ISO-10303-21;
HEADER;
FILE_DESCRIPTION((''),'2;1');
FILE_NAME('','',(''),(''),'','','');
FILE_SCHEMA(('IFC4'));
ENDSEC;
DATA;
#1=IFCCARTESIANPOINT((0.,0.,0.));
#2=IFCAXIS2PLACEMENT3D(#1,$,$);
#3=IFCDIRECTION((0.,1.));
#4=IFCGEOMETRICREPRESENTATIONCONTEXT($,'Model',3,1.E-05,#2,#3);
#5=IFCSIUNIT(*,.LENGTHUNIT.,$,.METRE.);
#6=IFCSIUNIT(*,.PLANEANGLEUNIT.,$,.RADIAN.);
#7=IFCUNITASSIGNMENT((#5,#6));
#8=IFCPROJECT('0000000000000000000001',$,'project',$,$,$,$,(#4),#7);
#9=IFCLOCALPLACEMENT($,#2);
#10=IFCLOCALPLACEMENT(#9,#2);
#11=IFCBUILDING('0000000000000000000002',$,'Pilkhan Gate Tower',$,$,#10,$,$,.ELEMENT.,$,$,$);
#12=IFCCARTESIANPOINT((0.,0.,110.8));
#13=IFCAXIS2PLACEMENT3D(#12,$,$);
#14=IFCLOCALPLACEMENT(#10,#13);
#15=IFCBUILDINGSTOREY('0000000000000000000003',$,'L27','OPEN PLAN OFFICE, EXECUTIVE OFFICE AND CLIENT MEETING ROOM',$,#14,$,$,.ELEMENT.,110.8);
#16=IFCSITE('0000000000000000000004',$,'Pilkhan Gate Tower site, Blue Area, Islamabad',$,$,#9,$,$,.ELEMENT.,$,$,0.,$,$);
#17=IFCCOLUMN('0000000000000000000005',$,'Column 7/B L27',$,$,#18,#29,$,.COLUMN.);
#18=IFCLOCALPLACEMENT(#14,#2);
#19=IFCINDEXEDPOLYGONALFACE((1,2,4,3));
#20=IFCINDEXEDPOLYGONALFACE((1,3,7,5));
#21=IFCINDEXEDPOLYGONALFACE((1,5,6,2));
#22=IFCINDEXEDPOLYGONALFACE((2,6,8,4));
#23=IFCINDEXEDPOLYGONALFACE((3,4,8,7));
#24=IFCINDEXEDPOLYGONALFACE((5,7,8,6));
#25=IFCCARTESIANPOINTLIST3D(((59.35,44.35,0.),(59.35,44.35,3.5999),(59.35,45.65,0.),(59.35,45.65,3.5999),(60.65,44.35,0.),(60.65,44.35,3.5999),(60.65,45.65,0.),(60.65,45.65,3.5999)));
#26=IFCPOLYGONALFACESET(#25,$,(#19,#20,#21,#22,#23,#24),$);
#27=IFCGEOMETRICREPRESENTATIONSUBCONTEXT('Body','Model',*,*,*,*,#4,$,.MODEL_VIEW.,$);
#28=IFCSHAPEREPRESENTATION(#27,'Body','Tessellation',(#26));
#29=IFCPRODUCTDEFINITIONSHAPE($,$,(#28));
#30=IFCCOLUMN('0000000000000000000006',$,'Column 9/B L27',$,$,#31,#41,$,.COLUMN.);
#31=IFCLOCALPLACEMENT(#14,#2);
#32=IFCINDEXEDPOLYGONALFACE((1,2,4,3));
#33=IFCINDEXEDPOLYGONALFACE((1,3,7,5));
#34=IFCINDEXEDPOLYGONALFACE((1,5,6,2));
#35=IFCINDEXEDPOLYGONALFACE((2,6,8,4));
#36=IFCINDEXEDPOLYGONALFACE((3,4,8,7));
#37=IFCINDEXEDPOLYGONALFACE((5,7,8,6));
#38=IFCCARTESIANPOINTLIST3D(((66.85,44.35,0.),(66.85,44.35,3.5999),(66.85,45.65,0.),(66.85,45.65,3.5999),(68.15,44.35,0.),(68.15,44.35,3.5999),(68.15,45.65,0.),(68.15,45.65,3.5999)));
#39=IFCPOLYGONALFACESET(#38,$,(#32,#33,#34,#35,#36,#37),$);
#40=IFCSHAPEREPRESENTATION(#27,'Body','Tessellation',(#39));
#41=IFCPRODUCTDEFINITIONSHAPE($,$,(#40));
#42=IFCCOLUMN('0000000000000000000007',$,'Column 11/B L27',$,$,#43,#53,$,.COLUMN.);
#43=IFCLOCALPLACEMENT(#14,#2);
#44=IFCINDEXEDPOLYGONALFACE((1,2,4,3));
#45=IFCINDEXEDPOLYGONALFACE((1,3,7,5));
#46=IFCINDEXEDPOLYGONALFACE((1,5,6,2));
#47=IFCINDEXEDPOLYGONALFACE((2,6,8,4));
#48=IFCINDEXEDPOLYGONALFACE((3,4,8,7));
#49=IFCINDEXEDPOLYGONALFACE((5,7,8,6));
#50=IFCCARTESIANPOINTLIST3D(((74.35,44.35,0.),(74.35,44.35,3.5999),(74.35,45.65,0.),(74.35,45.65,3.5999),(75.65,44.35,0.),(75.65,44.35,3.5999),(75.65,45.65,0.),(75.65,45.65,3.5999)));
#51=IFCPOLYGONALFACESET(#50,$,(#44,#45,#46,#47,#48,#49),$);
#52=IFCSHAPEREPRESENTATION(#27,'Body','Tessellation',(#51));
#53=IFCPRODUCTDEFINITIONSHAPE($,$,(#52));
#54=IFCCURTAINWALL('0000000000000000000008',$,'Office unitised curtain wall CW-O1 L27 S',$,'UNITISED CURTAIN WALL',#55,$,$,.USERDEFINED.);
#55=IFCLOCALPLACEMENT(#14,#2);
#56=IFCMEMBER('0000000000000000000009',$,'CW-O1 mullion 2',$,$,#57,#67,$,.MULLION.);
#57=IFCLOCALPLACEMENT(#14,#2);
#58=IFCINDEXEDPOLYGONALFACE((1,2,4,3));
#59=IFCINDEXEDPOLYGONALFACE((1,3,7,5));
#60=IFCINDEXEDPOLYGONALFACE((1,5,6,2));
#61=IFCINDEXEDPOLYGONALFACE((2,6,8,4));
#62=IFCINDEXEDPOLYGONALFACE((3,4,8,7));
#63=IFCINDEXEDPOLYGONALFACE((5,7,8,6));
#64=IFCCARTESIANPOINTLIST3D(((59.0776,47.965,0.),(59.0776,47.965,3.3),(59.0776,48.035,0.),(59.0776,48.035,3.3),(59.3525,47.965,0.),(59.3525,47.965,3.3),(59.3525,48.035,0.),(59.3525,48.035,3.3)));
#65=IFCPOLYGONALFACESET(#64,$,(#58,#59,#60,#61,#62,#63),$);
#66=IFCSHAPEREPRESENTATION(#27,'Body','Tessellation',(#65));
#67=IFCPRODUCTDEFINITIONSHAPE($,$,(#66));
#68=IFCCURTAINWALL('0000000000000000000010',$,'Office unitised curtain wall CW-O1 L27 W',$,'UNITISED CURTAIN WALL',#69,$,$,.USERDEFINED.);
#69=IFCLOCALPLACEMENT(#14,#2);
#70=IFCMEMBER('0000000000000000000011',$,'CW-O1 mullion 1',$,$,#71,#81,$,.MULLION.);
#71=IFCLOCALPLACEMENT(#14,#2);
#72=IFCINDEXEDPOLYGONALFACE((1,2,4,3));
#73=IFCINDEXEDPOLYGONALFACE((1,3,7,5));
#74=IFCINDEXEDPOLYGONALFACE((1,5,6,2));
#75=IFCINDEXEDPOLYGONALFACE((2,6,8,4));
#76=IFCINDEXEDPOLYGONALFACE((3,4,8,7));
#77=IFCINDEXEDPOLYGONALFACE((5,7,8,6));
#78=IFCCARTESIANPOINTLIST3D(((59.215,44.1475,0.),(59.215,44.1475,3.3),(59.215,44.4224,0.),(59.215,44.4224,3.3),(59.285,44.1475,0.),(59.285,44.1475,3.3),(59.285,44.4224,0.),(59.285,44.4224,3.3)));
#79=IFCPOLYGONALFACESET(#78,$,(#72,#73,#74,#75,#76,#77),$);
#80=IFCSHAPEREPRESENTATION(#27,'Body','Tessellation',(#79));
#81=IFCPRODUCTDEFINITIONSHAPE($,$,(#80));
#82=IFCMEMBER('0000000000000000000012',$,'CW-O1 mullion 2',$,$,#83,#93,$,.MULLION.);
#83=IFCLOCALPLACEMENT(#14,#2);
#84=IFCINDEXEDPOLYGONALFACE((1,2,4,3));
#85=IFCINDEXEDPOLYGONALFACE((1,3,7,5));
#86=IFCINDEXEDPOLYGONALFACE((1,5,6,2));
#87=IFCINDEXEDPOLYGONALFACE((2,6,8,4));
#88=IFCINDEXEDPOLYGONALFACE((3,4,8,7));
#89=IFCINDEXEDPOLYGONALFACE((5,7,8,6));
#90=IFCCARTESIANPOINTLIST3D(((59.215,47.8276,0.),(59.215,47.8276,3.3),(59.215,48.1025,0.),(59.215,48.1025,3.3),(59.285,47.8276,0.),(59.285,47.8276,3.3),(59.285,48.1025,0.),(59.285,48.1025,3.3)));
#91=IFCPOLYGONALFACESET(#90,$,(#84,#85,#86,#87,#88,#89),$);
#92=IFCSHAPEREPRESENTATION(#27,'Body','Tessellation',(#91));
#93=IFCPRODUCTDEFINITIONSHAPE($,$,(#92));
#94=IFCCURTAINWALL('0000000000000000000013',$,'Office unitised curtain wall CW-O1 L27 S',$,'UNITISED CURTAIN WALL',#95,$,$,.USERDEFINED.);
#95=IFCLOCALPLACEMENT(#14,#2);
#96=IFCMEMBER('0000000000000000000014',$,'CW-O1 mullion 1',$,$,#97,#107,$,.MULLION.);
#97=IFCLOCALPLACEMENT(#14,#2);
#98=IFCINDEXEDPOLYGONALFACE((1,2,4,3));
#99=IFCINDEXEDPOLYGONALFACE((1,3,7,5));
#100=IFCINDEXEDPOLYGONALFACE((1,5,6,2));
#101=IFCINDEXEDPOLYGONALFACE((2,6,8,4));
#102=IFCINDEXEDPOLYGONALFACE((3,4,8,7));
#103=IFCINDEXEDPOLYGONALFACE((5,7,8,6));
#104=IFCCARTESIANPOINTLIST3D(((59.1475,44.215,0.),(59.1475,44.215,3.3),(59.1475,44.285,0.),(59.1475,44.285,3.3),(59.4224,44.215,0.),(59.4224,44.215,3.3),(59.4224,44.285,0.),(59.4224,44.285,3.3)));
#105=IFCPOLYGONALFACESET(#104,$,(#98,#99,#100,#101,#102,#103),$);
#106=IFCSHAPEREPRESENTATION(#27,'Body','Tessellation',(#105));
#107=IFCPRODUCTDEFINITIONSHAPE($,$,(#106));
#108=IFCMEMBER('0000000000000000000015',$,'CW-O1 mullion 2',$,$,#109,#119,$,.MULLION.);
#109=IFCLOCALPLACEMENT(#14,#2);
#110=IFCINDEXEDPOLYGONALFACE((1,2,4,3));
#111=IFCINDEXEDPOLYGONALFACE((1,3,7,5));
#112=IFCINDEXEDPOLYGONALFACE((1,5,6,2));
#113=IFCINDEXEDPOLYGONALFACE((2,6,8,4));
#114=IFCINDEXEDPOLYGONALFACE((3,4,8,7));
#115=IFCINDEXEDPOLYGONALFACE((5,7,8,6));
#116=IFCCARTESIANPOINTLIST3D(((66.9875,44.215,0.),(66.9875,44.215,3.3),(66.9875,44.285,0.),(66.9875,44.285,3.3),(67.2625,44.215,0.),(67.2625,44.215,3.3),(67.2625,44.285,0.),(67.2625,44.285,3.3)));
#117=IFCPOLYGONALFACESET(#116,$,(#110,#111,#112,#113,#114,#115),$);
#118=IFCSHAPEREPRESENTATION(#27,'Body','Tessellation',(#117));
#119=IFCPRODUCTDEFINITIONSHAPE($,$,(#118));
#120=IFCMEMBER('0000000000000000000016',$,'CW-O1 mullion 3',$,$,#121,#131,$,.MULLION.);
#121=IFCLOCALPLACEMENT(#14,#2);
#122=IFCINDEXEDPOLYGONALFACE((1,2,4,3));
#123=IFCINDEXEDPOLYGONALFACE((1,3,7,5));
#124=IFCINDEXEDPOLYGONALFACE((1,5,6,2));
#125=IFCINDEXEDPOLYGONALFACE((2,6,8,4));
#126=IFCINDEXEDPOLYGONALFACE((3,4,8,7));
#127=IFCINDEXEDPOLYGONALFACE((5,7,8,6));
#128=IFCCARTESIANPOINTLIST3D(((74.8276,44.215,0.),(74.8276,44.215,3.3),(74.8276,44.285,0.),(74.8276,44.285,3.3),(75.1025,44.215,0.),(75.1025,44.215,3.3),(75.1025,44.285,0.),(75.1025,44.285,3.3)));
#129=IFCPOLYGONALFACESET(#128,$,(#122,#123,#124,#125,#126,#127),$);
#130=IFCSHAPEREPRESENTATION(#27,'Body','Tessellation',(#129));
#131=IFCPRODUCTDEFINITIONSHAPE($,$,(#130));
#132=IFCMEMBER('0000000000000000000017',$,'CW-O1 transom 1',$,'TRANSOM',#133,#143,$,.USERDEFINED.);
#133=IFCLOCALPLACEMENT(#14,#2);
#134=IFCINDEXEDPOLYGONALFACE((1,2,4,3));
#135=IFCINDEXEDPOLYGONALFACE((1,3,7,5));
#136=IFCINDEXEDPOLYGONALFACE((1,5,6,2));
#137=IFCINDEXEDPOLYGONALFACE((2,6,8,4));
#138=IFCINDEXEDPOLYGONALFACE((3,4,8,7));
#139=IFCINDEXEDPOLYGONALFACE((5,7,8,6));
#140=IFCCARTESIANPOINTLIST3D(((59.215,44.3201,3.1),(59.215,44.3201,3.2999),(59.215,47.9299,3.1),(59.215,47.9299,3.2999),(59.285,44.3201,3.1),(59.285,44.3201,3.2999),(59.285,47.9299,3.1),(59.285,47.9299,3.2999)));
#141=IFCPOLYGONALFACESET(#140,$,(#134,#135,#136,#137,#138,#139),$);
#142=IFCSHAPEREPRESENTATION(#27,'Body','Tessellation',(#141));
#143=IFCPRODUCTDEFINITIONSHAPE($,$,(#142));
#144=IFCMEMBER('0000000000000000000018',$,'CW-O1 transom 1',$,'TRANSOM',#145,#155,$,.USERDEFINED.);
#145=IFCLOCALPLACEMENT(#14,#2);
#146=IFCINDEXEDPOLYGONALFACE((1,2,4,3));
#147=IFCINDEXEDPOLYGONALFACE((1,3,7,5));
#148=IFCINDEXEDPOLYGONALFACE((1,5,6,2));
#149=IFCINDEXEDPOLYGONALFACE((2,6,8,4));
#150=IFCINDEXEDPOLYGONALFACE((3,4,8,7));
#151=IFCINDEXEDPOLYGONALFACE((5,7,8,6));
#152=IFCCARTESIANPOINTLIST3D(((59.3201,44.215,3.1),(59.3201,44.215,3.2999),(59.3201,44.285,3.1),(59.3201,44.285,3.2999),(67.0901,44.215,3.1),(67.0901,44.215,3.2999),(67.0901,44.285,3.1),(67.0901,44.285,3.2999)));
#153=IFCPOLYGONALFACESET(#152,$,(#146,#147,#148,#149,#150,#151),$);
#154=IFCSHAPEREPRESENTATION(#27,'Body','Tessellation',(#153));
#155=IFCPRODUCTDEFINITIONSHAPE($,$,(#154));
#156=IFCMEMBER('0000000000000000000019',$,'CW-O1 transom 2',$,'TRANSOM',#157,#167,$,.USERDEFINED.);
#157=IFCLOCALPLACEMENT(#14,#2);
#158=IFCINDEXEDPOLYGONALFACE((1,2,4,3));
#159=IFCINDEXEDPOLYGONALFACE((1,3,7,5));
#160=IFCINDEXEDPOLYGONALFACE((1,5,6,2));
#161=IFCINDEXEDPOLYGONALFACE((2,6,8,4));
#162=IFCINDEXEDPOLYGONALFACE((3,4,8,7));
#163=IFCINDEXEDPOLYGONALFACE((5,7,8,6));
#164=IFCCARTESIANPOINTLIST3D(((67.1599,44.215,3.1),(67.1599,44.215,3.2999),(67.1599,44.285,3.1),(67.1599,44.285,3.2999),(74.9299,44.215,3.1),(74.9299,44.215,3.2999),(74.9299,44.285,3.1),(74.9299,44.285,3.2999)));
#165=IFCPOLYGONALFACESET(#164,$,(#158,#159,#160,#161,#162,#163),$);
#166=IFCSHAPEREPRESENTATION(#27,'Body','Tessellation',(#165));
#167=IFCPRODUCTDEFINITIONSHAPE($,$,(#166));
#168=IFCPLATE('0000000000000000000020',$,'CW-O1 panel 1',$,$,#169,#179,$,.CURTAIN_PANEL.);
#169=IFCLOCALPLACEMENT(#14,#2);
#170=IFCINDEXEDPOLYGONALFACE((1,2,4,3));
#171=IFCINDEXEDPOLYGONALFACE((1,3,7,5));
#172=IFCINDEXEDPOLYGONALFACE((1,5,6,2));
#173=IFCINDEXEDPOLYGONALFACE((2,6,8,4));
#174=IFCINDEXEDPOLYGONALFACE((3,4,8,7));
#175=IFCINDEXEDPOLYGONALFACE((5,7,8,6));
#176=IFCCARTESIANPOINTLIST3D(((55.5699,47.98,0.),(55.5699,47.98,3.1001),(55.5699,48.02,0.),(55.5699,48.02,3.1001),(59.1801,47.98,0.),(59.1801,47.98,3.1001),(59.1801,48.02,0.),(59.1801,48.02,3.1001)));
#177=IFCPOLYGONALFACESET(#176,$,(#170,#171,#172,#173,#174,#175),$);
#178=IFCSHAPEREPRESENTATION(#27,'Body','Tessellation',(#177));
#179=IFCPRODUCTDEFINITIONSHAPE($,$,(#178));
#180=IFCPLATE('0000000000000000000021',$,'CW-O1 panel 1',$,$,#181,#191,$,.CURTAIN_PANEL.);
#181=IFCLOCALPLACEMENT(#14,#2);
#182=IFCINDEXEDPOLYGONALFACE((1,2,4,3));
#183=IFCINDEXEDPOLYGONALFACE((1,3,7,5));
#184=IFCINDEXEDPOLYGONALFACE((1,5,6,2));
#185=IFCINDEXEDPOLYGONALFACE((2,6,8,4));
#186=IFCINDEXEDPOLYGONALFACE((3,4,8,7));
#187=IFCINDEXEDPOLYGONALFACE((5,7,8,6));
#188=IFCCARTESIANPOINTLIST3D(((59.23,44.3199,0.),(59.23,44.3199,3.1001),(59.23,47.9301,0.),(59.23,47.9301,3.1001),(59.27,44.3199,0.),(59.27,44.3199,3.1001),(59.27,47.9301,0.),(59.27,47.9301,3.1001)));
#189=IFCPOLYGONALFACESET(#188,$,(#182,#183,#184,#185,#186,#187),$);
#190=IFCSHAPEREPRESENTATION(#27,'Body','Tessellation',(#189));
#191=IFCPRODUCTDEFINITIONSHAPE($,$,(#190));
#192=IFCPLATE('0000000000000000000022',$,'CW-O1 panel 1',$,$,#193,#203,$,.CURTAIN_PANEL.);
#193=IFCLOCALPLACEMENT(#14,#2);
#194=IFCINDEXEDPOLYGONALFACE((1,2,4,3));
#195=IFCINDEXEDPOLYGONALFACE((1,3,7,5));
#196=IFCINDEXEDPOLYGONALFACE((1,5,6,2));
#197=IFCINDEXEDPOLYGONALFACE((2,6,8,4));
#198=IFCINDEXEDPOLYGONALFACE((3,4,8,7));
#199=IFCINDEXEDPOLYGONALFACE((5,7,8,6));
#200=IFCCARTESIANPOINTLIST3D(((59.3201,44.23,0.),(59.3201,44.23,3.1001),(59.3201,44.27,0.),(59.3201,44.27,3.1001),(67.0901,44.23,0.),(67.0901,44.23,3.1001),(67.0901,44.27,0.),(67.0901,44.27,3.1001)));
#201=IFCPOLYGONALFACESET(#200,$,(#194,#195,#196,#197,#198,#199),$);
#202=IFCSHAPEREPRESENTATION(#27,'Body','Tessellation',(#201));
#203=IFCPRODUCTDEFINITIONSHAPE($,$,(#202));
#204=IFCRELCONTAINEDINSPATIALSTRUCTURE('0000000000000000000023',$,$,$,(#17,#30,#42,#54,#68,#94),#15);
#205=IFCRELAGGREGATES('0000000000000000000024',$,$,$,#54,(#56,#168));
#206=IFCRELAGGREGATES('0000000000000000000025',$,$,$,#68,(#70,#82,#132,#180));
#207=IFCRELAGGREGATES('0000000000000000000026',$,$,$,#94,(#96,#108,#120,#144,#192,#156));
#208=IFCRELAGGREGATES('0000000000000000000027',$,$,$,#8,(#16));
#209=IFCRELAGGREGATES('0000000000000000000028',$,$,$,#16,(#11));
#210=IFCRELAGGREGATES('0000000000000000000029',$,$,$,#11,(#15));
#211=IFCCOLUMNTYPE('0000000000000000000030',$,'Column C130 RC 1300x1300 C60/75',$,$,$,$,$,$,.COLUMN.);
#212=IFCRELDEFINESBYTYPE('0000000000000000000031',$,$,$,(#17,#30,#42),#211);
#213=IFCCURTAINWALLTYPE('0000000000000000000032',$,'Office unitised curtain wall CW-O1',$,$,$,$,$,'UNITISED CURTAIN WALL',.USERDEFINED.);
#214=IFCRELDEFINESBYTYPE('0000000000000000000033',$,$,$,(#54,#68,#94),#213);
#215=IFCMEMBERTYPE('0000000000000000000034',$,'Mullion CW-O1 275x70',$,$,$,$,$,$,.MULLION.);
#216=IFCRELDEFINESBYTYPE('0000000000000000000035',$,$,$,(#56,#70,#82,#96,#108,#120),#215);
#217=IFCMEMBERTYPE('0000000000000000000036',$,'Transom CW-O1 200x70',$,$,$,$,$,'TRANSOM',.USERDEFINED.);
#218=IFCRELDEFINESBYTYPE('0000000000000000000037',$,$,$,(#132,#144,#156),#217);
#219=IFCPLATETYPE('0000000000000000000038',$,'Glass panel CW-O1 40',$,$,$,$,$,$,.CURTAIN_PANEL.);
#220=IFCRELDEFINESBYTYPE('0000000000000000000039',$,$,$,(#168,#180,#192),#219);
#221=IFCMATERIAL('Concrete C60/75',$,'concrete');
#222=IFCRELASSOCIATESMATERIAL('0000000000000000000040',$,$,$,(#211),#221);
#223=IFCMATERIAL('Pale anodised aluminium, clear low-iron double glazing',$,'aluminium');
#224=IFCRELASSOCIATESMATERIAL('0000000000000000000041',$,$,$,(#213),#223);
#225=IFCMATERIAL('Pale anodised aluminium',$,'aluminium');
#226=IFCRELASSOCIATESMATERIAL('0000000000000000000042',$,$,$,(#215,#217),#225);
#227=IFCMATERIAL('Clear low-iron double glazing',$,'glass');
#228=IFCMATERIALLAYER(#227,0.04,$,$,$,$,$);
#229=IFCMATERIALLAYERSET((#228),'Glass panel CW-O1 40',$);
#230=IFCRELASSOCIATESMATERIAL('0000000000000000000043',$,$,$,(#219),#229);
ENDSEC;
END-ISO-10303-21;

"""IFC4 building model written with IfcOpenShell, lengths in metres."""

from ifc_helpers import new_model, si_unit, direction, frame, origin, origin_2d, place, context, subcontext, project, spatial, rectangle, extrude, material, layer, layer_set, material_profile, profile_set, type_object, element, aggregate, save


model = new_model("IFC4")

# Units and contexts
model_context = context("Model", 3, precision=1e-05, world=origin(), true_north=direction((0.0, 1.0)))
body_context = subcontext(model_context, "Body", "Model", "MODEL_VIEW")
ifc_project = project(units=[si_unit("LENGTHUNIT", "METRE"), si_unit("PLANEANGLEUNIT", "RADIAN")], contexts=[model_context])

# Site, building, storey
site_placement = place(None, origin())
site = spatial("IfcSite", under=ifc_project, at=site_placement, Name="Pilkhan Gate Tower site, Blue Area, Islamabad", CompositionType="ELEMENT", RefElevation=0.0)
building_placement = place(site_placement, origin())
building = spatial("IfcBuilding", under=site, at=building_placement, Name="Pilkhan Gate Tower", CompositionType="ELEMENT")
storey_placement = place(building_placement, frame((0.0, 0.0, 110.8)))
storey = spatial("IfcBuildingStorey", under=building, at=storey_placement, Name="L27", Description="OPEN PLAN OFFICE, EXECUTIVE OFFICE AND CLIENT MEETING ROOM", CompositionType="ELEMENT", Elevation=110.8)

# Columns
ifc_material_1 = material(Name="Concrete C60/75", Category="concrete")
ifc_material_profile_1 = material_profile(ifc_material_1, rectangle(XDim=1.3, YDim=1.3, at=origin_2d()), Name="RC 1300x1300")
ifc_profile_set_1 = profile_set([ifc_material_profile_1], Name="Concrete C60/75")
column_type = type_object("IfcColumnType", Name="Column C130 RC 1300x1300 C60/75", PredefinedType="COLUMN", material=ifc_profile_set_1)
for number, where, z_axis, x_axis, name in (
    (1, (60.0, 45.0, 0.0), (0.0, 0.0, 1.0), (1.0, 0.0, 0.0), "Column 7/B L27"),
    (2, (67.5, 45.0, 0.0), (0.0, 0.0, 1.0), (1.0, 0.0, 0.0), "Column 9/B L27"),
    (3, (75.0, 45.0, 0.0), (0.0, 0.0, 1.0), (1.0, 0.0, 0.0), "Column 11/B L27"),
):
    element("IfcColumn", number, at=place(storey_placement, frame(where, z_axis=z_axis, x_axis=x_axis)), inside=storey, type_object=column_type, Name=name, PredefinedType="COLUMN", context=body_context, shape_type="SweptSolid", body=[
        extrude(rectangle(XDim=1.3, YDim=1.3, at=origin_2d()), origin(), (0.0, 0.0, 1.0), 3.5999),
    ])

# Curtain wall, member
ifc_material_2 = material(Name="Pale anodised aluminium, clear low-iron double glazing", Category="aluminium")
curtain_wall_type = type_object("IfcCurtainWallType", Name="Office unitised curtain wall CW-O1", ElementType="UNITISED CURTAIN WALL", PredefinedType="USERDEFINED", material=ifc_material_2)
curtain_wall_1_placement = place(storey_placement, origin())
curtain_wall_1 = element("IfcCurtainWall", 4, at=curtain_wall_1_placement, inside=storey, type_object=curtain_wall_type, Name="Office unitised curtain wall CW-O1 L27 S", ObjectType="UNITISED CURTAIN WALL", PredefinedType="USERDEFINED")
ifc_material_3 = material(Name="Pale anodised aluminium", Category="aluminium")
ifc_material_profile_2 = material_profile(ifc_material_3, rectangle(XDim=0.0701, YDim=0.2749, at=origin_2d()), Name="Mullion 275x70")
ifc_profile_set_2 = profile_set([ifc_material_profile_2], Name="Pale anodised aluminium")
member_type_1 = type_object("IfcMemberType", Name="Mullion CW-O1 275x70", PredefinedType="MULLION", material=ifc_profile_set_2)
member_1_placement = place(storey_placement, frame((59.2151, 48.0, 0.0), z_axis=(0.0, 0.0, 1.0), x_axis=(0.0, 1.0, 0.0)))
member_1 = element("IfcMember", 5, at=member_1_placement, type_object=member_type_1, Name="CW-O1 mullion 2", PredefinedType="MULLION", context=body_context, shape_type="SweptSolid", body=[
    extrude(rectangle(XDim=0.0701, YDim=0.2749, at=origin_2d()), origin(), (0.0, 0.0, 1.0), 3.3),
])

# Curtain walls, members
curtain_wall_2_placement = place(storey_placement, origin())
curtain_wall_2 = element("IfcCurtainWall", 6, at=curtain_wall_2_placement, inside=storey, type_object=curtain_wall_type, Name="Office unitised curtain wall CW-O1 L27 W", ObjectType="UNITISED CURTAIN WALL", PredefinedType="USERDEFINED")
member_2_placement = place(storey_placement, frame((59.25, 44.2849, 0.0), z_axis=(0.0, 0.0, 1.0), x_axis=(-1.0, 0.0, 0.0)))
member_2 = element("IfcMember", 7, at=member_2_placement, type_object=member_type_1, Name="CW-O1 mullion 1", PredefinedType="MULLION", context=body_context, shape_type="SweptSolid", body=[
    extrude(rectangle(XDim=0.0701, YDim=0.2749, at=origin_2d()), origin(), (0.0, 0.0, 1.0), 3.3),
])
member_3_placement = place(storey_placement, frame((59.25, 47.9651, 0.0), z_axis=(0.0, 0.0, 1.0), x_axis=(-1.0, 0.0, 0.0)))
member_3 = element("IfcMember", 8, at=member_3_placement, type_object=member_type_1, Name="CW-O1 mullion 2", PredefinedType="MULLION", context=body_context, shape_type="SweptSolid", body=[
    extrude(rectangle(XDim=0.0701, YDim=0.2749, at=origin_2d()), origin(), (0.0, 0.0, 1.0), 3.3),
])
curtain_wall_3_placement = place(storey_placement, origin())
curtain_wall_3 = element("IfcCurtainWall", 9, at=curtain_wall_3_placement, inside=storey, type_object=curtain_wall_type, Name="Office unitised curtain wall CW-O1 L27 S", ObjectType="UNITISED CURTAIN WALL", PredefinedType="USERDEFINED")
member_4_placement = place(storey_placement, frame((59.2849, 44.25, 0.0), z_axis=(0.0, 0.0, 1.0), x_axis=(0.0, 1.0, 0.0)))
member_4 = element("IfcMember", 10, at=member_4_placement, type_object=member_type_1, Name="CW-O1 mullion 1", PredefinedType="MULLION", context=body_context, shape_type="SweptSolid", body=[
    extrude(rectangle(XDim=0.0701, YDim=0.2749, at=origin_2d()), origin(), (0.0, 0.0, 1.0), 3.3),
])
member_5_placement = place(storey_placement, frame((67.125, 44.25, 0.0), z_axis=(0.0, 0.0, 1.0), x_axis=(0.0, 1.0, 0.0)))
member_5 = element("IfcMember", 11, at=member_5_placement, type_object=member_type_1, Name="CW-O1 mullion 2", PredefinedType="MULLION", context=body_context, shape_type="SweptSolid", body=[
    extrude(rectangle(XDim=0.0701, YDim=0.2749, at=origin_2d()), origin(), (0.0, 0.0, 1.0), 3.3),
])
member_6_placement = place(storey_placement, frame((74.9651, 44.25, 0.0), z_axis=(0.0, 0.0, 1.0), x_axis=(0.0, 1.0, 0.0)))
member_6 = element("IfcMember", 12, at=member_6_placement, type_object=member_type_1, Name="CW-O1 mullion 3", PredefinedType="MULLION", context=body_context, shape_type="SweptSolid", body=[
    extrude(rectangle(XDim=0.0701, YDim=0.2749, at=origin_2d()), origin(), (0.0, 0.0, 1.0), 3.3),
])

# Members
ifc_material_profile_3 = material_profile(ifc_material_3, rectangle(XDim=0.0701, YDim=0.2, at=origin_2d()), Name="Transom 200x70")
ifc_profile_set_3 = profile_set([ifc_material_profile_3], Name="Pale anodised aluminium")
member_type_2 = type_object("IfcMemberType", Name="Transom CW-O1 200x70", ElementType="TRANSOM", PredefinedType="USERDEFINED", material=ifc_profile_set_3)
member_7_placement = place(storey_placement, frame((59.25, 44.3201, 3.2), z_axis=(0.0, 1.0, 0.0), x_axis=(-1.0, 0.0, 0.0)))
member_7 = element("IfcMember", 13, at=member_7_placement, type_object=member_type_2, Name="CW-O1 transom 1", ObjectType="TRANSOM", PredefinedType="USERDEFINED", context=body_context, shape_type="SweptSolid", body=[
    extrude(rectangle(XDim=0.0701, YDim=0.2, at=origin_2d()), origin(), (0.0, 0.0, 1.0), 3.6099),
])
member_8_placement = place(storey_placement, frame((59.3201, 44.25, 3.2), z_axis=(1.0, 0.0, 0.0), x_axis=(0.0, 1.0, 0.0)))
member_8 = element("IfcMember", 14, at=member_8_placement, type_object=member_type_2, Name="CW-O1 transom 1", ObjectType="TRANSOM", PredefinedType="USERDEFINED", context=body_context, shape_type="SweptSolid", body=[
    extrude(rectangle(XDim=0.0701, YDim=0.2, at=origin_2d()), origin(), (0.0, 0.0, 1.0), 7.77),
])
member_9_placement = place(storey_placement, frame((67.1599, 44.25, 3.2), z_axis=(1.0, 0.0, 0.0), x_axis=(0.0, 1.0, 0.0)))
member_9 = element("IfcMember", 15, at=member_9_placement, type_object=member_type_2, Name="CW-O1 transom 2", ObjectType="TRANSOM", PredefinedType="USERDEFINED", context=body_context, shape_type="SweptSolid", body=[
    extrude(rectangle(XDim=0.0701, YDim=0.2, at=origin_2d()), origin(), (0.0, 0.0, 1.0), 7.77),
])

# Plates
ifc_material_4 = material(Name="Clear low-iron double glazing", Category="glass")
ifc_layer_1 = layer(ifc_material_4, 0.04)
ifc_layer_set_1 = layer_set([ifc_layer_1], Name="Glass panel CW-O1 40")
plate_type = type_object("IfcPlateType", Name="Glass panel CW-O1 40", PredefinedType="CURTAIN_PANEL", material=ifc_layer_set_1)
plate_1_placement = place(storey_placement, frame((57.375, 48.0, 0.0), z_axis=(0.0, 0.0, 1.0), x_axis=(1.0, 0.0, 0.0)))
plate_1 = element("IfcPlate", 16, at=plate_1_placement, type_object=plate_type, Name="CW-O1 panel 1", PredefinedType="CURTAIN_PANEL", context=body_context, shape_type="SweptSolid", body=[
    extrude(rectangle(XDim=3.6101, YDim=0.04, at=origin_2d()), origin(), (0.0, 0.0, 1.0), 3.1001),
])
aggregate(curtain_wall_1, [member_1, plate_1])
plate_2_placement = place(storey_placement, frame((59.25, 46.125, 0.0), z_axis=(0.0, 0.0, 1.0), x_axis=(0.0, 1.0, 0.0)))
plate_2 = element("IfcPlate", 17, at=plate_2_placement, type_object=plate_type, Name="CW-O1 panel 1", PredefinedType="CURTAIN_PANEL", context=body_context, shape_type="SweptSolid", body=[
    extrude(rectangle(XDim=3.6101, YDim=0.04, at=origin_2d()), origin(), (0.0, 0.0, 1.0), 3.1001),
])
aggregate(curtain_wall_2, [member_2, member_3, member_7, plate_2])
plate_3_placement = place(storey_placement, frame((63.2051, 44.25, 0.0), z_axis=(0.0, 0.0, 1.0), x_axis=(1.0, 0.0, 0.0)))
plate_3 = element("IfcPlate", 18, at=plate_3_placement, type_object=plate_type, Name="CW-O1 panel 1", PredefinedType="CURTAIN_PANEL", context=body_context, shape_type="SweptSolid", body=[
    extrude(rectangle(XDim=7.77, YDim=0.04, at=origin_2d()), origin(), (0.0, 0.0, 1.0), 3.1001),
])
aggregate(curtain_wall_3, [member_4, member_5, member_6, member_8, plate_3, member_9])

save(model, "model.ifc")
